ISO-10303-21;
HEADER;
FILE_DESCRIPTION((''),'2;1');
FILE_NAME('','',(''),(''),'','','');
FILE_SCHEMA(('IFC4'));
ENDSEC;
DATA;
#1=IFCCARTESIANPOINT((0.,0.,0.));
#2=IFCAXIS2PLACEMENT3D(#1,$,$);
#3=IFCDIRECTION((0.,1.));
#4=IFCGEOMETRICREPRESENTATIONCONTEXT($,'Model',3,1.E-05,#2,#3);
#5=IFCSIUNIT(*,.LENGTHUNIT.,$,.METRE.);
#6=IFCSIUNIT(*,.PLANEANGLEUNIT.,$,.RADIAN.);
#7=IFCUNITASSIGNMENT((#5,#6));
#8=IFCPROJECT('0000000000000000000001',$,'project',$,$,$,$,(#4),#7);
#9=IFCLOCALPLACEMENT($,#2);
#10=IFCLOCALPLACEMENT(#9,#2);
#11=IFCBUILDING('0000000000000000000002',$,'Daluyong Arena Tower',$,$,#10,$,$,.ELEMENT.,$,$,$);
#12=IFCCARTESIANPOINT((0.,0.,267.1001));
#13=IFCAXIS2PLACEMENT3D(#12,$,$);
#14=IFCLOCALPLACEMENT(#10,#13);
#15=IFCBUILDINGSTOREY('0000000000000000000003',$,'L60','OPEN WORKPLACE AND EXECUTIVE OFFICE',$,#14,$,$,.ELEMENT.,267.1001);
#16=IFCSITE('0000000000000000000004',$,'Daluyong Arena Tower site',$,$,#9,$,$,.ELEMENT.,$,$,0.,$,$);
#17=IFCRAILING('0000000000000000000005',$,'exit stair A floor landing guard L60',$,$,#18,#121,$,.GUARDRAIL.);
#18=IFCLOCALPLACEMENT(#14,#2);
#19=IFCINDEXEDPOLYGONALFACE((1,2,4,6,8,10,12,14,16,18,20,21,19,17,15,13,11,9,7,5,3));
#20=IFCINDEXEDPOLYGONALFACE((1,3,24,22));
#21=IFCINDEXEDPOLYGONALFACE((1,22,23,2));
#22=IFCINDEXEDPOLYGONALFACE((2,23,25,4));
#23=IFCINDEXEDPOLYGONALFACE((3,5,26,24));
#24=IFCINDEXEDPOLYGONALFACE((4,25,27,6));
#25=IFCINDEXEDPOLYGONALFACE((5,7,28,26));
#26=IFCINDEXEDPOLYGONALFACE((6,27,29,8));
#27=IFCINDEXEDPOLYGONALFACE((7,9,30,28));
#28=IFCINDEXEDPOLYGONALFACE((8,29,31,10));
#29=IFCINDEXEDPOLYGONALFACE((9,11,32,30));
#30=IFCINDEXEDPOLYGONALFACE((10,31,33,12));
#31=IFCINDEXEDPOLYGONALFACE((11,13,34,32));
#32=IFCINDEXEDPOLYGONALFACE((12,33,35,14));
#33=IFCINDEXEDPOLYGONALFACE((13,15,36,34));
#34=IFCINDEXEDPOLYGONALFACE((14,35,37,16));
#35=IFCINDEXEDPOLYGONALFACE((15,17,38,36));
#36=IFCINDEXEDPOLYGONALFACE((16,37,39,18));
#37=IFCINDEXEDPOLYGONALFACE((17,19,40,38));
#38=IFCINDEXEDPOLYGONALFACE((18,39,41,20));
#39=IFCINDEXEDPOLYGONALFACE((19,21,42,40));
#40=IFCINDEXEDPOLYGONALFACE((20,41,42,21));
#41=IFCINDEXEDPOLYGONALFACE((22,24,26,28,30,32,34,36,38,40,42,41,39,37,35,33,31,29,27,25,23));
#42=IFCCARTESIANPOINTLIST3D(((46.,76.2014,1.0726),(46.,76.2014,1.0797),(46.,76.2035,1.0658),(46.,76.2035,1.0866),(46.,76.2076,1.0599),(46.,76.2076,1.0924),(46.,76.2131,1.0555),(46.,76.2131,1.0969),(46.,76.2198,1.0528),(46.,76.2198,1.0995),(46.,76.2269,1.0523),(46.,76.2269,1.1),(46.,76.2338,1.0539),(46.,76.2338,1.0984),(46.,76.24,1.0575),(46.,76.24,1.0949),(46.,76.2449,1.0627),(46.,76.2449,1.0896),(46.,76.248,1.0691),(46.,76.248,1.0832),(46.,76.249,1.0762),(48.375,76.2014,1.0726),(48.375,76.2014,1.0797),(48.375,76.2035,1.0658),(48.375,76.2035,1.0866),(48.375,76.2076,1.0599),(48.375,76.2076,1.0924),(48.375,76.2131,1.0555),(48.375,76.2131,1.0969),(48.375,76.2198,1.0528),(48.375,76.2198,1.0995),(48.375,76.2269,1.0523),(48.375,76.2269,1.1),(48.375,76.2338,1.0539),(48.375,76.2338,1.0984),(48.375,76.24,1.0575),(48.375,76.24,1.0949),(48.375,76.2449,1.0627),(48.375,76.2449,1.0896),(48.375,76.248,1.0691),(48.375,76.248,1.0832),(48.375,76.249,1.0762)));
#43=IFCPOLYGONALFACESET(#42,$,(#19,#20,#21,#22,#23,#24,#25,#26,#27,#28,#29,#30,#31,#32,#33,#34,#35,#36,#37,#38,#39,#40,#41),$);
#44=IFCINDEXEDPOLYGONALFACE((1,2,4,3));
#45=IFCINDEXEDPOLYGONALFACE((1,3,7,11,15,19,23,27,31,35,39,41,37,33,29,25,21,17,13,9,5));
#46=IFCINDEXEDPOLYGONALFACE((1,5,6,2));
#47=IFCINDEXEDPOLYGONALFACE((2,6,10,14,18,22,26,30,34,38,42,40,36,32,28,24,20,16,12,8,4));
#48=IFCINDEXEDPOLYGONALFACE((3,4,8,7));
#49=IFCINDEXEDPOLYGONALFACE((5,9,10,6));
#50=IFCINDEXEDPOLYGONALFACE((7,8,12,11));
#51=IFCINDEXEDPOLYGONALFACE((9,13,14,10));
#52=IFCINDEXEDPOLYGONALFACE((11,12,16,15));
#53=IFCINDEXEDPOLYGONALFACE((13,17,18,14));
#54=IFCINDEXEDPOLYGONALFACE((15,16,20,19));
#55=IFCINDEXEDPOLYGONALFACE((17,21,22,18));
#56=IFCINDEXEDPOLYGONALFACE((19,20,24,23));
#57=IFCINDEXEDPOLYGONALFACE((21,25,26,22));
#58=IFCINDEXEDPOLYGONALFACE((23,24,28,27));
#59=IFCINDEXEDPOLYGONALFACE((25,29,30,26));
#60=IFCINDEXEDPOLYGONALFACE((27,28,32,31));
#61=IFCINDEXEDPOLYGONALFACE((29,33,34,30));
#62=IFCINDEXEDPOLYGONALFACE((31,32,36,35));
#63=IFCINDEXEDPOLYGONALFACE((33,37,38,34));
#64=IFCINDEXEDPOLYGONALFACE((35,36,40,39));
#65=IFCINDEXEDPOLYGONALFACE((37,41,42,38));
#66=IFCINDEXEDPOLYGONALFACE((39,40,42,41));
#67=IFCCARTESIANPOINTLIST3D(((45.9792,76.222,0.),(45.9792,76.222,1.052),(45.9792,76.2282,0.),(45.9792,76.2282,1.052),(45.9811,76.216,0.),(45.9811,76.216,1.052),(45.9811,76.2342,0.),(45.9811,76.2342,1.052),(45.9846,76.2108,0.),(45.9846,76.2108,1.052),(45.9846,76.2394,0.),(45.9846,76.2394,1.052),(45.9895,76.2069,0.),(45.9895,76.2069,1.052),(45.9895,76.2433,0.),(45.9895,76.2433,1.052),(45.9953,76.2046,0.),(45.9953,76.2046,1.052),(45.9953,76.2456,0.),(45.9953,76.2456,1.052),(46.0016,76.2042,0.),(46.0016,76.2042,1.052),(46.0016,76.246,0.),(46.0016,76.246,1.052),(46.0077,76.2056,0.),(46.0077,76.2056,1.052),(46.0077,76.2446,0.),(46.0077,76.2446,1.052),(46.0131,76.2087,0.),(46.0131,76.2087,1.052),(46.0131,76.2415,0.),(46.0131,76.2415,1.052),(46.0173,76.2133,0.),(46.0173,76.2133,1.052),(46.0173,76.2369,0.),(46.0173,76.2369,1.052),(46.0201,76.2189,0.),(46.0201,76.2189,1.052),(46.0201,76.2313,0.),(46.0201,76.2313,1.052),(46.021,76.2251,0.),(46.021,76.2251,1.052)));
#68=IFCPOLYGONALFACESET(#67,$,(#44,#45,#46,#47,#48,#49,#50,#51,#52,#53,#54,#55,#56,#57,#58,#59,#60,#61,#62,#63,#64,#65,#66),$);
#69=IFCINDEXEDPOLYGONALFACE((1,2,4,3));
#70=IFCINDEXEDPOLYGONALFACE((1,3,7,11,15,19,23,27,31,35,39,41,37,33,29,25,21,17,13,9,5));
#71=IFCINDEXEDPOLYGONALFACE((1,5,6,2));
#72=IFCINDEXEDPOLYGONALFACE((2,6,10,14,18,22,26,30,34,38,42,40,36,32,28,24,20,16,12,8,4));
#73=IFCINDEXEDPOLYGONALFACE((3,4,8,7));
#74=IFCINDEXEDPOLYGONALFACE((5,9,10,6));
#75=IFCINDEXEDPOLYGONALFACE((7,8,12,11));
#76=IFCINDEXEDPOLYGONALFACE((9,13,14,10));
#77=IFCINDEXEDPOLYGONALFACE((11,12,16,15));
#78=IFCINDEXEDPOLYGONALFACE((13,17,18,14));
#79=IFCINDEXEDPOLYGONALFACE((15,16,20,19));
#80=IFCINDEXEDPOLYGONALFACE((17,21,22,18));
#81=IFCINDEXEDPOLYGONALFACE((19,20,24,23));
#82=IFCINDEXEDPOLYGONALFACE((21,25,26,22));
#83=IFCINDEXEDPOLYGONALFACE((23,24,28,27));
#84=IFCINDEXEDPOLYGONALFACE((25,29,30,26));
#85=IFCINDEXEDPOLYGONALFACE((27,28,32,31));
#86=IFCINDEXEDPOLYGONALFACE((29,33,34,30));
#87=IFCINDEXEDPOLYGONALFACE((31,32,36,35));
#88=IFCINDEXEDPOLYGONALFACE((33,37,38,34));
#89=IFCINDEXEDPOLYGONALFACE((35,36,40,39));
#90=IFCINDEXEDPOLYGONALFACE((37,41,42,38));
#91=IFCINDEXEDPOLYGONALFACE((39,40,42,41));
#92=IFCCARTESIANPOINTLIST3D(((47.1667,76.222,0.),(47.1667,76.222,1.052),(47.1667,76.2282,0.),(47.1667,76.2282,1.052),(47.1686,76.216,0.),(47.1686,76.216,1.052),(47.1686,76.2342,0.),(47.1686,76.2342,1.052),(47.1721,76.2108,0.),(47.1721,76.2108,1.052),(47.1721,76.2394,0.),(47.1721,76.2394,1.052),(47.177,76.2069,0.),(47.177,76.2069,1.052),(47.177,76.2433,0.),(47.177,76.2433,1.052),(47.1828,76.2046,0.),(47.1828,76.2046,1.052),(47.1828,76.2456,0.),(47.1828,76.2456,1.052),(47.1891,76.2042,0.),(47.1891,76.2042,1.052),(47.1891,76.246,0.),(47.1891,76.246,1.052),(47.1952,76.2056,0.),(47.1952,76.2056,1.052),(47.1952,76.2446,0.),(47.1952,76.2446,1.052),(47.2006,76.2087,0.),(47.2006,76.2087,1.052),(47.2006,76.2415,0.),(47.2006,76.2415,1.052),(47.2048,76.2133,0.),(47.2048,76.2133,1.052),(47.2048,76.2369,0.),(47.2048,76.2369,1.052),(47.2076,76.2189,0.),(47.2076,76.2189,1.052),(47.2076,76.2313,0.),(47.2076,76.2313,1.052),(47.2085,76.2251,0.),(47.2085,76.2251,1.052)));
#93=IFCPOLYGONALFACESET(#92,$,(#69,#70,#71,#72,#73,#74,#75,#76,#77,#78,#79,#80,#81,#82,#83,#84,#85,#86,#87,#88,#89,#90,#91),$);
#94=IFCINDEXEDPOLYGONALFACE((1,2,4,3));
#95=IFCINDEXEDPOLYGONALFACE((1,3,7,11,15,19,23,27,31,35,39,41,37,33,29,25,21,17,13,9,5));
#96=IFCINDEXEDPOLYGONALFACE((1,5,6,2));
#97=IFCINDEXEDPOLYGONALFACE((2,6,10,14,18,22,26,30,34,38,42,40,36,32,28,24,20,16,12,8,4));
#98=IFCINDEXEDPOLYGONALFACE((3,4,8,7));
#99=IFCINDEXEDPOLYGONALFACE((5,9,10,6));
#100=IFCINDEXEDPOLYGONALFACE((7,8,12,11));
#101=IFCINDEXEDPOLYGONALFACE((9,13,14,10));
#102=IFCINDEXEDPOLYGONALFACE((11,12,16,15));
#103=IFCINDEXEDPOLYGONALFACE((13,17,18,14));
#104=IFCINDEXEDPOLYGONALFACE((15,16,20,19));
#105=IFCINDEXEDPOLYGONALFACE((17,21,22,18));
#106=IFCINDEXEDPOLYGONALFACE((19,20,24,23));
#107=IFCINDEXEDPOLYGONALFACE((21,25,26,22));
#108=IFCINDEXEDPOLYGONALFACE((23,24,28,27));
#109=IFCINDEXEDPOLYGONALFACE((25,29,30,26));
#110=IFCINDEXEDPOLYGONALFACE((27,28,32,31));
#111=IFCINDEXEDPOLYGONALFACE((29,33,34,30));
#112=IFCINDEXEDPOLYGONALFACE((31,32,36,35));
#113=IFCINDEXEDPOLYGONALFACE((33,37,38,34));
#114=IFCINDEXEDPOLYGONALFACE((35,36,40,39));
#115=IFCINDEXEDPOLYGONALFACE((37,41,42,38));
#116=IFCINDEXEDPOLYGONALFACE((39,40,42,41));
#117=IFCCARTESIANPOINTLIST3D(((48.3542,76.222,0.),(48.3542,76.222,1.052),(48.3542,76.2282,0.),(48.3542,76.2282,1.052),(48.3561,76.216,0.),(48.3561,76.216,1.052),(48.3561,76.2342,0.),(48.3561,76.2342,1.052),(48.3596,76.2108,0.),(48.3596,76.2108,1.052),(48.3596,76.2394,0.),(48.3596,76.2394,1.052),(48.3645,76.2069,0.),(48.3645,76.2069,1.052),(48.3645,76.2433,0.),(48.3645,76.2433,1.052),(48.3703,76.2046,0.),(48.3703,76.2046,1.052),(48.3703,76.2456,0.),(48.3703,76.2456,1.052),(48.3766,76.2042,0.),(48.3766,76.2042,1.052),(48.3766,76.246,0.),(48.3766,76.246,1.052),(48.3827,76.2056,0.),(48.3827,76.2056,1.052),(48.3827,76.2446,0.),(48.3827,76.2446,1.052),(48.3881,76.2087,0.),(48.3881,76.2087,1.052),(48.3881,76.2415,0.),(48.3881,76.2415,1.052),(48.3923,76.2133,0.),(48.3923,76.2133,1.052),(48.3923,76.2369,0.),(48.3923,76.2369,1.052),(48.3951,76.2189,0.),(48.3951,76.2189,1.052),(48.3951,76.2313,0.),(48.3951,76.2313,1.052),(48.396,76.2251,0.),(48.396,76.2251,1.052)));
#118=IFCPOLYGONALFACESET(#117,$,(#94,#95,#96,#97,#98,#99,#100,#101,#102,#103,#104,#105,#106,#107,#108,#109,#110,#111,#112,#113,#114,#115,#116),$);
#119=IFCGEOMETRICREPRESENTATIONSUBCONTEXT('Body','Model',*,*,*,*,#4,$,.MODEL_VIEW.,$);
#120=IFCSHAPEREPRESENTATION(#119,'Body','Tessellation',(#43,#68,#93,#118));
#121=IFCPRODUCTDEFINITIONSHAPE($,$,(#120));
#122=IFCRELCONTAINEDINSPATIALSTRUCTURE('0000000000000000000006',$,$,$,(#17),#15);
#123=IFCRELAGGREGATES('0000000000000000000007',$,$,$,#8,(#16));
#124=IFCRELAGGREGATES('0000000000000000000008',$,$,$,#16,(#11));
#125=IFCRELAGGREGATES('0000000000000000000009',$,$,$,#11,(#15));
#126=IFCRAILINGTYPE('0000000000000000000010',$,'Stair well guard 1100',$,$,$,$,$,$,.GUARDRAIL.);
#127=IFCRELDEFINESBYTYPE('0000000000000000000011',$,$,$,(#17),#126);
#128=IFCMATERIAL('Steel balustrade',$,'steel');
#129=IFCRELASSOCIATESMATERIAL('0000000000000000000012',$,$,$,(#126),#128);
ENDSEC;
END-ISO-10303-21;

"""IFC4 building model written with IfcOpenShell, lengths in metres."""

from ifc_helpers import new_model, si_unit, direction, frame, origin, origin_2d, place, context, subcontext, project, spatial, circle, extrude, material, type_object, element, save


model = new_model("IFC4")

# Units and contexts
model_context = context("Model", 3, precision=1e-05, world=origin(), true_north=direction((0.0, 1.0)))
body_context = subcontext(model_context, "Body", "Model", "MODEL_VIEW")
ifc_project = project(units=[si_unit("LENGTHUNIT", "METRE"), si_unit("PLANEANGLEUNIT", "RADIAN")], contexts=[model_context])

# Site, building, storey
site_placement = place(None, origin())
site = spatial("IfcSite", under=ifc_project, at=site_placement, Name="Daluyong Arena Tower site", CompositionType="ELEMENT", RefElevation=0.0)
building_placement = place(site_placement, origin())
building = spatial("IfcBuilding", under=site, at=building_placement, Name="Daluyong Arena Tower", CompositionType="ELEMENT")
storey_placement = place(building_placement, frame((0.0, 0.0, 267.1001)))
storey = spatial("IfcBuildingStorey", under=building, at=storey_placement, Name="L60", Description="OPEN WORKPLACE AND EXECUTIVE OFFICE", CompositionType="ELEMENT", Elevation=267.1001)

# Railing
ifc_material_1 = material(Name="Steel balustrade", Category="steel")
railing_type = type_object("IfcRailingType", Name="Stair well guard 1100", PredefinedType="GUARDRAIL", material=ifc_material_1)
railing_placement = place(storey_placement, frame((46.0, 76.2251, 0.0)))
element("IfcRailing", 1, at=railing_placement, inside=storey, type_object=railing_type, Name="exit stair A floor landing guard L60", PredefinedType="GUARDRAIL", context=body_context, shape_type="SweptSolid", body=[
    extrude(circle(Radius=0.0239, at=origin_2d()), frame((0.0, 0.0, 1.0762), z_axis=(1.0, 0.0, 0.0), x_axis=(0.0, 1.0, 0.0)), (0.0, 0.0, 1.0), 2.375),
    extrude(circle(Radius=0.021, at=origin_2d()), origin(), (0.0, 0.0, 1.0), 1.052),
    extrude(circle(Radius=0.021, at=origin_2d()), frame((1.1875, 0.0, 0.0)), (0.0, 0.0, 1.0), 1.052),
    extrude(circle(Radius=0.021, at=origin_2d()), frame((2.375, 0.0, 0.0)), (0.0, 0.0, 1.0), 1.052),
])

save(model, "model.ifc")
